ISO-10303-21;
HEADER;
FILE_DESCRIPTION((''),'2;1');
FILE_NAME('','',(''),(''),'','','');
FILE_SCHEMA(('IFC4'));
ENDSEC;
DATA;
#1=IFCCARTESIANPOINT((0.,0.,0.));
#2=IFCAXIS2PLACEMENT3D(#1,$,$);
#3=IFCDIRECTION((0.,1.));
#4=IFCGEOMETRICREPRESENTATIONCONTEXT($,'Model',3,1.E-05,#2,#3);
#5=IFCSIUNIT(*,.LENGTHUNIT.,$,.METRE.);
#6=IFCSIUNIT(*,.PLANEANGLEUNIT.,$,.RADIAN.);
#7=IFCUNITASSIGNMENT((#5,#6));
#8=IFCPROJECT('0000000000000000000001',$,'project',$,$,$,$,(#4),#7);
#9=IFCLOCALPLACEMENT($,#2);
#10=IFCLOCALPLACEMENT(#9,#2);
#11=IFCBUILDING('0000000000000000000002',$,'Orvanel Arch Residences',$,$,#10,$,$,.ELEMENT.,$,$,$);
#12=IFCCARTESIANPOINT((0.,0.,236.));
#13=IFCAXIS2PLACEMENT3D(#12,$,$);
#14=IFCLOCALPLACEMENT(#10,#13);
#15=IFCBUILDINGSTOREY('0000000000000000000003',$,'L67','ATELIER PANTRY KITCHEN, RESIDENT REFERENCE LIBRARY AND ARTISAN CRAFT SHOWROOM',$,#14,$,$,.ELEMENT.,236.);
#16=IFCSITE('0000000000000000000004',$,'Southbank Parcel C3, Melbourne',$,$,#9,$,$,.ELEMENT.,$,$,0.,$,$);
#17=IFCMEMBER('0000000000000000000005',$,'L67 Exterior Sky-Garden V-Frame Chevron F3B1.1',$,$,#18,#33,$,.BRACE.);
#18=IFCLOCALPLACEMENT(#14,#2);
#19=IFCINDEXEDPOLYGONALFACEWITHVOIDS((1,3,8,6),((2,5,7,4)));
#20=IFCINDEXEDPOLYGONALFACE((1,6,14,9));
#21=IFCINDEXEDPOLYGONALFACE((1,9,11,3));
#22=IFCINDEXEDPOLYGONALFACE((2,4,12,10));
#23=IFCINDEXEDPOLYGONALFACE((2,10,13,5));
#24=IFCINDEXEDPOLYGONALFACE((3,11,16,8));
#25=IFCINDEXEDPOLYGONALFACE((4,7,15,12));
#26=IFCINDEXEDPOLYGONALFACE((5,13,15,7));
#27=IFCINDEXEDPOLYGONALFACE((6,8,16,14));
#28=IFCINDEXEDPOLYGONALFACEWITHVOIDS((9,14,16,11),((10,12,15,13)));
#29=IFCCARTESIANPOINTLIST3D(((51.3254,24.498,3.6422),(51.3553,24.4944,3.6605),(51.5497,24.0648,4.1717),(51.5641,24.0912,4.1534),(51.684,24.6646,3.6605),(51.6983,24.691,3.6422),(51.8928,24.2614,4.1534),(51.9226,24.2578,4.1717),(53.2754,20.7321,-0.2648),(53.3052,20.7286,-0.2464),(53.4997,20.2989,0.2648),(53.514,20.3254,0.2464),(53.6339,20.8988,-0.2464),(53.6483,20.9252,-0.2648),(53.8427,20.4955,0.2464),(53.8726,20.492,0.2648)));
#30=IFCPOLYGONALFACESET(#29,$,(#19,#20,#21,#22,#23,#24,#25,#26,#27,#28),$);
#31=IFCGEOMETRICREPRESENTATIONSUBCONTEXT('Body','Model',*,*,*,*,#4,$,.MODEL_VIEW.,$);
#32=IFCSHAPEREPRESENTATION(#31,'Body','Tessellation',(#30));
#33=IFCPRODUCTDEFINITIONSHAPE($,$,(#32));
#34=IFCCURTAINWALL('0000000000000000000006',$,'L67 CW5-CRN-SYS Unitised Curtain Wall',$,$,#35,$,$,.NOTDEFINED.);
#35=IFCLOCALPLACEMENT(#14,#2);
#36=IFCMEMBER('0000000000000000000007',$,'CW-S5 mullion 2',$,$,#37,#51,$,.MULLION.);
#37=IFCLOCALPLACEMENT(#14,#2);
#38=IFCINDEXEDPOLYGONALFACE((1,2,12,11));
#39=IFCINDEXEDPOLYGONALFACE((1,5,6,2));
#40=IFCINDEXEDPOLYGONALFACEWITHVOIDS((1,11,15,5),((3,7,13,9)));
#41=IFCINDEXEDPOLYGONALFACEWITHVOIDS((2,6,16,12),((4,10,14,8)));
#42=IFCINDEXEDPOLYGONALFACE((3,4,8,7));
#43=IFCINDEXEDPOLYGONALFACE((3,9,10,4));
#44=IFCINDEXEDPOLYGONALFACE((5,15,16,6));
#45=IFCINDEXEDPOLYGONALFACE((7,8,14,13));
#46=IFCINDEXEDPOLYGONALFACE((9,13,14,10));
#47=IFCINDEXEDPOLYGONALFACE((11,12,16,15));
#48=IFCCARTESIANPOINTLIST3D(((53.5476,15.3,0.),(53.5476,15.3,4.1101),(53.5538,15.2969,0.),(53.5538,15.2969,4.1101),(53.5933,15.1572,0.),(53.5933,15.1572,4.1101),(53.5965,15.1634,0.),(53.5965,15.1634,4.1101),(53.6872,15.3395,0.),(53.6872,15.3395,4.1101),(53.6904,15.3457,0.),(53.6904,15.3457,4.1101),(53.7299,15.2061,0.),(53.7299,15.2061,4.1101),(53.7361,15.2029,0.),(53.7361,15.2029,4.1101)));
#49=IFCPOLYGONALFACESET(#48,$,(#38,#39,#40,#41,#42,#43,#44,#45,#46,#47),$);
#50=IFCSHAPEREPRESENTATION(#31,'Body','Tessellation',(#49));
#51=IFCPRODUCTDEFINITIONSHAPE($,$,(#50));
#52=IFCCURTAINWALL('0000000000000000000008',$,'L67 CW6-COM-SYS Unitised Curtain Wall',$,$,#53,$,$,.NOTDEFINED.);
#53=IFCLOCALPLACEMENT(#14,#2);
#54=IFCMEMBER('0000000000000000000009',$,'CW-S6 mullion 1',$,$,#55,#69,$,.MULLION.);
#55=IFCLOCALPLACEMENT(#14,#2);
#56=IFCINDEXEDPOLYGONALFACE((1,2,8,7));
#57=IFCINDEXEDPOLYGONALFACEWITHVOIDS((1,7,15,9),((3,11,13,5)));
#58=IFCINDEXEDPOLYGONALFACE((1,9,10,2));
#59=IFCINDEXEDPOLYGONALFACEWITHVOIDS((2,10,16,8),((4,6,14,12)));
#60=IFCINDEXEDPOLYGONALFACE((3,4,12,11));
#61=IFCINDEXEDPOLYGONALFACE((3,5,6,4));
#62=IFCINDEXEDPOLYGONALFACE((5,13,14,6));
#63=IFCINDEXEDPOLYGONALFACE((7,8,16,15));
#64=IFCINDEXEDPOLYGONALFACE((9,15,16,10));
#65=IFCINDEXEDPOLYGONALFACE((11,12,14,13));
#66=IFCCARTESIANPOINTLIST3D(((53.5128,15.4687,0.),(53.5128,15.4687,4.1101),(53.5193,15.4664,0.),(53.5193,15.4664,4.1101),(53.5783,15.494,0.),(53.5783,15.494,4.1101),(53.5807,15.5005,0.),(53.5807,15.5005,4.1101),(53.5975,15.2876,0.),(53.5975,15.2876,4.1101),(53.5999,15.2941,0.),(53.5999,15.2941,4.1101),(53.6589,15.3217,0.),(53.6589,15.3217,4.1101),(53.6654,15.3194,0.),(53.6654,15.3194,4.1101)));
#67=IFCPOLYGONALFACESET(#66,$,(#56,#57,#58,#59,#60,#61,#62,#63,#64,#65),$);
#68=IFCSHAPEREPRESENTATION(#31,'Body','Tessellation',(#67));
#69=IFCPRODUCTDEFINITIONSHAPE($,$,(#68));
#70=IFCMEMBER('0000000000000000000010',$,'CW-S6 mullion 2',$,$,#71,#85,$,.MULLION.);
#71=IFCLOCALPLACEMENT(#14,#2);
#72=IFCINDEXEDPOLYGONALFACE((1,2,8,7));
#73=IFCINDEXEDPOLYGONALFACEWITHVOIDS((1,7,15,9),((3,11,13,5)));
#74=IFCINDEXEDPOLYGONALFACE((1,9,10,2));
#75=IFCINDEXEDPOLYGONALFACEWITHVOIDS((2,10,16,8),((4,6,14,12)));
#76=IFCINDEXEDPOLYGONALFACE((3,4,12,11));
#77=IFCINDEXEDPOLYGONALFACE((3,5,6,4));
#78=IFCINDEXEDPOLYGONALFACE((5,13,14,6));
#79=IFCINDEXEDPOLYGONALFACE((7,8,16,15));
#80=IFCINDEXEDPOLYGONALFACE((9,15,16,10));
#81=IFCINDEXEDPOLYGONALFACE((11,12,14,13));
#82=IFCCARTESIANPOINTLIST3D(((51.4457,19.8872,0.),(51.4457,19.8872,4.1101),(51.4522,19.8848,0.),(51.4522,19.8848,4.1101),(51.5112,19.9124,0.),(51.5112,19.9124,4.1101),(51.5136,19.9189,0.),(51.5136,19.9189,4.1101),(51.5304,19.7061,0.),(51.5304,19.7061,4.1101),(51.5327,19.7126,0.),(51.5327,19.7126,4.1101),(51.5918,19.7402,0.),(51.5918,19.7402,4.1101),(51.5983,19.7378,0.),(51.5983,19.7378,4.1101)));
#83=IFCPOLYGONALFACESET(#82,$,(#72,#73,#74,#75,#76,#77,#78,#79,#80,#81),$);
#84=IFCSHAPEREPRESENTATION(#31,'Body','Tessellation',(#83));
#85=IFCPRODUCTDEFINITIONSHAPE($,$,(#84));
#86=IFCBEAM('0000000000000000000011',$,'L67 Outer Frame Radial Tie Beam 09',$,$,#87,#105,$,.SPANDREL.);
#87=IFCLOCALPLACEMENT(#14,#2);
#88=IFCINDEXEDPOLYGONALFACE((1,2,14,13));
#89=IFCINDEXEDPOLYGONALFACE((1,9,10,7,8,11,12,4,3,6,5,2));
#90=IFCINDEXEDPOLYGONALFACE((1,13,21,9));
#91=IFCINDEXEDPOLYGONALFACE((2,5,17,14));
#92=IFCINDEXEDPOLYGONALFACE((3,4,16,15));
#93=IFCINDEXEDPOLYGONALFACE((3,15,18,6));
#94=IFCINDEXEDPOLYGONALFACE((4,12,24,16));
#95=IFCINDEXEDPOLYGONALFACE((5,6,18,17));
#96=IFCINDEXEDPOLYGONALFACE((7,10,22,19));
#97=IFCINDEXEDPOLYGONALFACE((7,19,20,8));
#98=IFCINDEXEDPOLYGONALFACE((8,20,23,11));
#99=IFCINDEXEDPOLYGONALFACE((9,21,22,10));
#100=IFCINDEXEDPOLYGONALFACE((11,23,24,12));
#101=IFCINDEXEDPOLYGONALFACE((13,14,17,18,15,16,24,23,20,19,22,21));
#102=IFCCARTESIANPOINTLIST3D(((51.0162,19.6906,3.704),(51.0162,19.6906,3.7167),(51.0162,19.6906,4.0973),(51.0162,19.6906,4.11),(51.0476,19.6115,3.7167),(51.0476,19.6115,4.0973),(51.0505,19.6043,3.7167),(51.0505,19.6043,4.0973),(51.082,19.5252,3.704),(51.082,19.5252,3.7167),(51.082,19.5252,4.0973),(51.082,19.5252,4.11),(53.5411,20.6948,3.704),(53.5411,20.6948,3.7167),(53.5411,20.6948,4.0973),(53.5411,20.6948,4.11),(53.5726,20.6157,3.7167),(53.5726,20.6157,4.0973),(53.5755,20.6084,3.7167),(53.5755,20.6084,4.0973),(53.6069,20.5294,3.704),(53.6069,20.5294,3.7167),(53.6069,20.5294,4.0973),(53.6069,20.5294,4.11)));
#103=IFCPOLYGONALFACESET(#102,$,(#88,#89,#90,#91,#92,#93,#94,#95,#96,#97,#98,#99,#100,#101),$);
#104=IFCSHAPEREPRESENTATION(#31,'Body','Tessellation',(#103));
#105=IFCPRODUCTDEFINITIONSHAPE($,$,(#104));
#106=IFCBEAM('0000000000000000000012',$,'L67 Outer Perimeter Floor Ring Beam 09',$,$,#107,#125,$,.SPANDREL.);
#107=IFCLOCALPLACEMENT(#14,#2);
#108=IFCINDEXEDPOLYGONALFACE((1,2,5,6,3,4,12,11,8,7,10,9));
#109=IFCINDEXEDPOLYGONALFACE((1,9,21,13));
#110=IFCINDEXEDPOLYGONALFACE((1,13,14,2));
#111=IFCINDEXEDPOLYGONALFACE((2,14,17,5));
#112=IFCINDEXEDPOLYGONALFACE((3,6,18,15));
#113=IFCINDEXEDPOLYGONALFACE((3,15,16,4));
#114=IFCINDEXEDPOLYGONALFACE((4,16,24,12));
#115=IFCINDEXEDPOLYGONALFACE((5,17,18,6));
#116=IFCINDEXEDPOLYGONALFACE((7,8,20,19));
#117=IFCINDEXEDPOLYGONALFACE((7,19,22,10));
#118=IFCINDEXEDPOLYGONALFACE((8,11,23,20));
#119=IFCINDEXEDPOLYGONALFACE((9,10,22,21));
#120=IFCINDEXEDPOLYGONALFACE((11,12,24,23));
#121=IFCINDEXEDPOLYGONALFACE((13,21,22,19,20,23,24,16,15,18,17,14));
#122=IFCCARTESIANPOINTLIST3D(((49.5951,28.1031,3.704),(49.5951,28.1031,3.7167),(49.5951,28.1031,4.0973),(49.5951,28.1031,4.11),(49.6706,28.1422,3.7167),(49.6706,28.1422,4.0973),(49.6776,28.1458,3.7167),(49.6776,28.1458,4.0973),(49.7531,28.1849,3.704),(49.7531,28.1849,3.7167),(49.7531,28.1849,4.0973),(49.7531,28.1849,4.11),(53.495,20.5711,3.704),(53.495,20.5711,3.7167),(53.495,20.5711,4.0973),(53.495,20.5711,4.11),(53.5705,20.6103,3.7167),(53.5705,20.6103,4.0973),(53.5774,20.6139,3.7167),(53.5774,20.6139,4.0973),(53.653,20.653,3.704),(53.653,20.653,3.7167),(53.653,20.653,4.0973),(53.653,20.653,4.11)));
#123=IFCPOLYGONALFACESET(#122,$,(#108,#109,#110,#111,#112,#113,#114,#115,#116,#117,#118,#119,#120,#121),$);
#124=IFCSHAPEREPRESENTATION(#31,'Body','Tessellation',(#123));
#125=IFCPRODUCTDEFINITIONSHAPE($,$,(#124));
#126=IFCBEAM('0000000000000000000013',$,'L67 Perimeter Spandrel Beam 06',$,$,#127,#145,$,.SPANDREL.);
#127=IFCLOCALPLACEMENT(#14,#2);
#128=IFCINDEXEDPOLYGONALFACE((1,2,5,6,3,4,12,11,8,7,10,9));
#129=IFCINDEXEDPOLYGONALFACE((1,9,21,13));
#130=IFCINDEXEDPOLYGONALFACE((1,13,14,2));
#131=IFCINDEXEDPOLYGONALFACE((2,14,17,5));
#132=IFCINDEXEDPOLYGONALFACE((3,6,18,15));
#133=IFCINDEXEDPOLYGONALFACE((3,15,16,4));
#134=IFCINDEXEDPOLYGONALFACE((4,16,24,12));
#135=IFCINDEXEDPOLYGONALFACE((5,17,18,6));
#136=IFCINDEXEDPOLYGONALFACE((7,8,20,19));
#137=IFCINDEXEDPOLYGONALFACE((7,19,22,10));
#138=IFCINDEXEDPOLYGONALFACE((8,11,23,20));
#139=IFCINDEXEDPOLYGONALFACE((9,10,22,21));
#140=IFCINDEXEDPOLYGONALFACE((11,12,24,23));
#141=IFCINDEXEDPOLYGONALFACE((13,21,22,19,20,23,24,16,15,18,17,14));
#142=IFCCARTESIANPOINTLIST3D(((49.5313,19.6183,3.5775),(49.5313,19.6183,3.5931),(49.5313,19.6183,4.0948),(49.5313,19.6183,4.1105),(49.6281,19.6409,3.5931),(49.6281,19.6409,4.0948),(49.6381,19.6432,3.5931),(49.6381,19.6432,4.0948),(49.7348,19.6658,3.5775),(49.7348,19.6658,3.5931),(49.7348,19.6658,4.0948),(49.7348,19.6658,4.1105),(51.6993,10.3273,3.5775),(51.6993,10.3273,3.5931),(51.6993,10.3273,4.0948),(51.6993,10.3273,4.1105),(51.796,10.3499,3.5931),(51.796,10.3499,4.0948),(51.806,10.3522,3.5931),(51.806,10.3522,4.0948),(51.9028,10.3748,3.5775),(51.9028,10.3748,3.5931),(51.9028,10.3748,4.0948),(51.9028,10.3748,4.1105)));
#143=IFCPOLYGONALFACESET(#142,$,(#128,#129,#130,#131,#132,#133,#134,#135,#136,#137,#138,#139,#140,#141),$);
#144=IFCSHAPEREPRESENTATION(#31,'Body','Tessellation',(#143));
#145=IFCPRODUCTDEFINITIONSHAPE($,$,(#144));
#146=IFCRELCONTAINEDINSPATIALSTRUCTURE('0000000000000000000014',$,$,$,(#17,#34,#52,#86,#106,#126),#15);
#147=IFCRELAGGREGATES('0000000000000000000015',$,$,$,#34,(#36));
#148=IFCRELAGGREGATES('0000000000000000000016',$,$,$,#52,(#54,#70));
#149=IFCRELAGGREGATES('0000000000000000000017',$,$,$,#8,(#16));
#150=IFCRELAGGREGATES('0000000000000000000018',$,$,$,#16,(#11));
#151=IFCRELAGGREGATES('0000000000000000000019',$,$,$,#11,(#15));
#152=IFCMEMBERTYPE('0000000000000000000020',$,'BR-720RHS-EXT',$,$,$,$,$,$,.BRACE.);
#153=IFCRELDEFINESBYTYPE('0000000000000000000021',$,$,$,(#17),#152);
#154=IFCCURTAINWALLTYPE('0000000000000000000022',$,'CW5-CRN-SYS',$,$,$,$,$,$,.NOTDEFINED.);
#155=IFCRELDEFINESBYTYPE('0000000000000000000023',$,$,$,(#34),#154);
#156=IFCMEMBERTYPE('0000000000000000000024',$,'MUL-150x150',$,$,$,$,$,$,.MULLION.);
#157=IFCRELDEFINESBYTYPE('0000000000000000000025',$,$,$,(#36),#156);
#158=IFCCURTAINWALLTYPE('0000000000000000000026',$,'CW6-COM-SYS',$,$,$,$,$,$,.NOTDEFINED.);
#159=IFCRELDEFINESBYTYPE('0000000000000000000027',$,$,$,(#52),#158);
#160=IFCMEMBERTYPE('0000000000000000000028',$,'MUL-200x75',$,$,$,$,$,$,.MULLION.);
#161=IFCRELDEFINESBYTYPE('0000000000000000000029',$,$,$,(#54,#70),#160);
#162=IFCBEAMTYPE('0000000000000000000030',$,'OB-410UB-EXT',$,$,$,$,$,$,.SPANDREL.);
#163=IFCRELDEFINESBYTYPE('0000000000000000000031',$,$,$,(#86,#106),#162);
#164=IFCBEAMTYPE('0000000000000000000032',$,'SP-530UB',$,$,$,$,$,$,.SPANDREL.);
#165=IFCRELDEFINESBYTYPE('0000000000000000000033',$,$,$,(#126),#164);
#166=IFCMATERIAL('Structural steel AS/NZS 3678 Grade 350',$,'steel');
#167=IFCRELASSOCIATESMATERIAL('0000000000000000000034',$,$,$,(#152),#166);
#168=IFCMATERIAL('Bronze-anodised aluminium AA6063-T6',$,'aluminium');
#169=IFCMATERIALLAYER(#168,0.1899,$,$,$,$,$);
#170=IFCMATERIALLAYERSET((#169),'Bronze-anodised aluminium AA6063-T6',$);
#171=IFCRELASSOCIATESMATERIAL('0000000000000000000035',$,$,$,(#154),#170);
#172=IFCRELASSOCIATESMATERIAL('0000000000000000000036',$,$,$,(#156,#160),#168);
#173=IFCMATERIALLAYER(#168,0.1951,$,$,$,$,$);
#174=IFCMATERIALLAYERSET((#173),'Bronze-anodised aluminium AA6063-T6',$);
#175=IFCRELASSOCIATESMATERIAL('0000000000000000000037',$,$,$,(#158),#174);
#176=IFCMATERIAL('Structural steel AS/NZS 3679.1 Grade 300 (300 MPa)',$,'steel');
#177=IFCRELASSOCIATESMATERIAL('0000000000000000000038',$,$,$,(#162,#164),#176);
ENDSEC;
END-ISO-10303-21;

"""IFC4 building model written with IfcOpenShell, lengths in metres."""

from ifc_helpers import new_model, si_unit, direction, frame, origin, origin_2d, place, context, subcontext, project, spatial, hollow_rectangle, i_section, extrude, material, layer, layer_set, material_profile, profile_set, type_object, element, aggregate, save


model = new_model("IFC4")

# Units and contexts
model_context = context("Model", 3, precision=1e-05, world=origin(), true_north=direction((0.0, 1.0)))
body_context = subcontext(model_context, "Body", "Model", "MODEL_VIEW")
ifc_project = project(units=[si_unit("LENGTHUNIT", "METRE"), si_unit("PLANEANGLEUNIT", "RADIAN")], contexts=[model_context])

# Site, building, storey
site_placement = place(None, origin())
site = spatial("IfcSite", under=ifc_project, at=site_placement, Name="Southbank Parcel C3, Melbourne", CompositionType="ELEMENT", RefElevation=0.0)
building_placement = place(site_placement, origin())
building = spatial("IfcBuilding", under=site, at=building_placement, Name="Orvanel Arch Residences", CompositionType="ELEMENT")
storey_placement = place(building_placement, frame((0.0, 0.0, 236.0)))
storey = spatial("IfcBuildingStorey", under=building, at=storey_placement, Name="L67", Description="ATELIER PANTRY KITCHEN, RESIDENT REFERENCE LIBRARY AND ARTISAN CRAFT SHOWROOM", CompositionType="ELEMENT", Elevation=236.0)

# Member
ifc_material_1 = material(Name="Structural steel AS/NZS 3678 Grade 350", Category="steel")
ifc_material_profile_1 = material_profile(ifc_material_1, hollow_rectangle(XDim=0.4199, YDim=0.72, WallThickness=0.0249, at=origin_2d()), Name="RHS720x420x25")
ifc_profile_set_1 = profile_set([ifc_material_profile_1], Name="Structural steel AS/NZS 3678 Grade 350")
member_type_1 = type_object("IfcMemberType", Name="BR-720RHS-EXT", PredefinedType="BRACE", material=ifc_profile_set_1)
member_1_placement = place(storey_placement, frame((53.574, 20.6121, 0.0), z_axis=(-0.338172, 0.653098, 0.677571), x_axis=(-0.888017, -0.459811, 0.0)))
element("IfcMember", 1, at=member_1_placement, inside=storey, type_object=member_type_1, Name="L67 Exterior Sky-Garden V-Frame Chevron F3B1.1", PredefinedType="BRACE", context=body_context, shape_type="SweptSolid", body=[
    extrude(hollow_rectangle(XDim=0.4199, YDim=0.72, WallThickness=0.0249, at=origin_2d()), origin(), (0.0, 0.0, 1.0), 5.7661),
])

# Curtain wall, member
ifc_material_2 = material(Name="Bronze-anodised aluminium AA6063-T6", Category="aluminium")
ifc_layer_1 = layer(ifc_material_2, 0.1899)
ifc_layer_set_1 = layer_set([ifc_layer_1], Name="Bronze-anodised aluminium AA6063-T6")
curtain_wall_type_1 = type_object("IfcCurtainWallType", Name="CW5-CRN-SYS", PredefinedType="NOTDEFINED", material=ifc_layer_set_1)
curtain_wall_1_placement = place(storey_placement, origin())
curtain_wall_1 = element("IfcCurtainWall", 2, at=curtain_wall_1_placement, inside=storey, type_object=curtain_wall_type_1, Name="L67 CW5-CRN-SYS Unitised Curtain Wall", PredefinedType="NOTDEFINED")
ifc_material_profile_2 = material_profile(ifc_material_2, hollow_rectangle(XDim=0.1499, YDim=0.1499, WallThickness=0.0049, at=origin_2d()), Name="ALU150x150x5")
ifc_profile_set_2 = profile_set([ifc_material_profile_2], Name="Bronze-anodised aluminium AA6063-T6")
member_type_2 = type_object("IfcMemberType", Name="MUL-150x150", PredefinedType="MULLION", material=ifc_profile_set_2)
member_2_placement = place(storey_placement, frame((53.6418, 15.2515, 0.0), z_axis=(0.0, 0.0, 1.0), x_axis=(-0.952461, -0.304661, 0.0)))
member_2 = element("IfcMember", 3, at=member_2_placement, type_object=member_type_2, Name="CW-S5 mullion 2", PredefinedType="MULLION", context=body_context, shape_type="SweptSolid", body=[
    extrude(hollow_rectangle(XDim=0.1499, YDim=0.1499, WallThickness=0.0049, at=origin_2d()), origin(), (0.0, 0.0, 1.0), 4.1101),
])

# Curtain wall, members
ifc_layer_2 = layer(ifc_material_2, 0.1951)
ifc_layer_set_2 = layer_set([ifc_layer_2], Name="Bronze-anodised aluminium AA6063-T6")
curtain_wall_type_2 = type_object("IfcCurtainWallType", Name="CW6-COM-SYS", PredefinedType="NOTDEFINED", material=ifc_layer_set_2)
curtain_wall_2_placement = place(storey_placement, origin())
curtain_wall_2 = element("IfcCurtainWall", 4, at=curtain_wall_2_placement, inside=storey, type_object=curtain_wall_type_2, Name="L67 CW6-COM-SYS Unitised Curtain Wall", PredefinedType="NOTDEFINED")
ifc_material_profile_3 = material_profile(ifc_material_2, hollow_rectangle(XDim=0.075, YDim=0.2, WallThickness=0.0049, at=origin_2d()), Name="ALU200x75x5")
ifc_profile_set_3 = profile_set([ifc_material_profile_3], Name="Bronze-anodised aluminium AA6063-T6")
member_type_3 = type_object("IfcMemberType", Name="MUL-200x75", PredefinedType="MULLION", material=ifc_profile_set_3)
member_3_placement = place(storey_placement, frame((53.5891, 15.394, 0.0), z_axis=(0.0, 0.0, 1.0), x_axis=(-0.90578, -0.423748, 0.0)))
member_3 = element("IfcMember", 5, at=member_3_placement, type_object=member_type_3, Name="CW-S6 mullion 1", PredefinedType="MULLION", context=body_context, shape_type="SweptSolid", body=[
    extrude(hollow_rectangle(XDim=0.075, YDim=0.2, WallThickness=0.0049, at=origin_2d()), origin(), (0.0, 0.0, 1.0), 4.1101),
])
member_4_placement = place(storey_placement, frame((51.522, 19.8125, 0.0), z_axis=(0.0, 0.0, 1.0), x_axis=(-0.90578, -0.423748, 0.0)))
member_4 = element("IfcMember", 6, at=member_4_placement, type_object=member_type_3, Name="CW-S6 mullion 2", PredefinedType="MULLION", context=body_context, shape_type="SweptSolid", body=[
    extrude(hollow_rectangle(XDim=0.075, YDim=0.2, WallThickness=0.0049, at=origin_2d()), origin(), (0.0, 0.0, 1.0), 4.1101),
])

# Beams
ifc_material_3 = material(Name="Structural steel AS/NZS 3679.1 Grade 300 (300 MPa)", Category="steel")
ifc_material_profile_4 = material_profile(ifc_material_3, i_section(OverallWidth=0.178, OverallDepth=0.406, WebThickness=0.0078, FlangeThickness=0.0127, at=origin_2d()), Name="410UB59.7")
ifc_profile_set_4 = profile_set([ifc_material_profile_4], Name="Structural steel AS/NZS 3679.1 Grade 300 (300 MPa)")
beam_type_1 = type_object("IfcBeamType", Name="OB-410UB-EXT", PredefinedType="SPANDREL", material=ifc_profile_set_4)
beam_1_placement = place(storey_placement, frame((51.0491, 19.6079, 3.907), z_axis=(0.929212, 0.369547, 0.0), x_axis=(-0.369547, 0.929212, 0.0)))
element("IfcBeam", 7, at=beam_1_placement, inside=storey, type_object=beam_type_1, Name="L67 Outer Frame Radial Tie Beam 09", PredefinedType="SPANDREL", context=body_context, shape_type="SweptSolid", body=[
    extrude(i_section(OverallWidth=0.178, OverallDepth=0.406, WebThickness=0.0078, FlangeThickness=0.0127, at=origin_2d()), origin(), (0.0, 0.0, 1.0), 2.7173),
])
beam_2_placement = place(storey_placement, frame((53.574, 20.6121, 3.907), z_axis=(-0.4598, 0.888023, 0.0), x_axis=(-0.888023, -0.4598, 0.0)))
element("IfcBeam", 8, at=beam_2_placement, inside=storey, type_object=beam_type_1, Name="L67 Outer Perimeter Floor Ring Beam 09", PredefinedType="SPANDREL", context=body_context, shape_type="SweptSolid", body=[
    extrude(i_section(OverallWidth=0.178, OverallDepth=0.406, WebThickness=0.0078, FlangeThickness=0.0127, at=origin_2d()), origin(), (0.0, 0.0, 1.0), 8.4817),
])
ifc_material_profile_5 = material_profile(ifc_material_3, i_section(OverallWidth=0.209, OverallDepth=0.533, WebThickness=0.0103, FlangeThickness=0.0156, at=origin_2d()), Name="530UB92.4")
ifc_profile_set_5 = profile_set([ifc_material_profile_5], Name="Structural steel AS/NZS 3679.1 Grade 300 (300 MPa)")
beam_type_2 = type_object("IfcBeamType", Name="SP-530UB", PredefinedType="SPANDREL", material=ifc_profile_set_5)
beam_3_placement = place(storey_placement, frame((51.801, 10.3511, 3.844), z_axis=(-0.227236, 0.97384, 0.0), x_axis=(-0.97384, -0.227236, 0.0)))
element("IfcBeam", 9, at=beam_3_placement, inside=storey, type_object=beam_type_2, Name="L67 Perimeter Spandrel Beam 06", PredefinedType="SPANDREL", context=body_context, shape_type="SweptSolid", body=[
    extrude(i_section(OverallWidth=0.209, OverallDepth=0.533, WebThickness=0.0103, FlangeThickness=0.0156, at=origin_2d()), origin(), (0.0, 0.0, 1.0), 9.5405),
])

aggregate(curtain_wall_1, [member_2])
aggregate(curtain_wall_2, [member_3, member_4])

save(model, "model.ifc")
